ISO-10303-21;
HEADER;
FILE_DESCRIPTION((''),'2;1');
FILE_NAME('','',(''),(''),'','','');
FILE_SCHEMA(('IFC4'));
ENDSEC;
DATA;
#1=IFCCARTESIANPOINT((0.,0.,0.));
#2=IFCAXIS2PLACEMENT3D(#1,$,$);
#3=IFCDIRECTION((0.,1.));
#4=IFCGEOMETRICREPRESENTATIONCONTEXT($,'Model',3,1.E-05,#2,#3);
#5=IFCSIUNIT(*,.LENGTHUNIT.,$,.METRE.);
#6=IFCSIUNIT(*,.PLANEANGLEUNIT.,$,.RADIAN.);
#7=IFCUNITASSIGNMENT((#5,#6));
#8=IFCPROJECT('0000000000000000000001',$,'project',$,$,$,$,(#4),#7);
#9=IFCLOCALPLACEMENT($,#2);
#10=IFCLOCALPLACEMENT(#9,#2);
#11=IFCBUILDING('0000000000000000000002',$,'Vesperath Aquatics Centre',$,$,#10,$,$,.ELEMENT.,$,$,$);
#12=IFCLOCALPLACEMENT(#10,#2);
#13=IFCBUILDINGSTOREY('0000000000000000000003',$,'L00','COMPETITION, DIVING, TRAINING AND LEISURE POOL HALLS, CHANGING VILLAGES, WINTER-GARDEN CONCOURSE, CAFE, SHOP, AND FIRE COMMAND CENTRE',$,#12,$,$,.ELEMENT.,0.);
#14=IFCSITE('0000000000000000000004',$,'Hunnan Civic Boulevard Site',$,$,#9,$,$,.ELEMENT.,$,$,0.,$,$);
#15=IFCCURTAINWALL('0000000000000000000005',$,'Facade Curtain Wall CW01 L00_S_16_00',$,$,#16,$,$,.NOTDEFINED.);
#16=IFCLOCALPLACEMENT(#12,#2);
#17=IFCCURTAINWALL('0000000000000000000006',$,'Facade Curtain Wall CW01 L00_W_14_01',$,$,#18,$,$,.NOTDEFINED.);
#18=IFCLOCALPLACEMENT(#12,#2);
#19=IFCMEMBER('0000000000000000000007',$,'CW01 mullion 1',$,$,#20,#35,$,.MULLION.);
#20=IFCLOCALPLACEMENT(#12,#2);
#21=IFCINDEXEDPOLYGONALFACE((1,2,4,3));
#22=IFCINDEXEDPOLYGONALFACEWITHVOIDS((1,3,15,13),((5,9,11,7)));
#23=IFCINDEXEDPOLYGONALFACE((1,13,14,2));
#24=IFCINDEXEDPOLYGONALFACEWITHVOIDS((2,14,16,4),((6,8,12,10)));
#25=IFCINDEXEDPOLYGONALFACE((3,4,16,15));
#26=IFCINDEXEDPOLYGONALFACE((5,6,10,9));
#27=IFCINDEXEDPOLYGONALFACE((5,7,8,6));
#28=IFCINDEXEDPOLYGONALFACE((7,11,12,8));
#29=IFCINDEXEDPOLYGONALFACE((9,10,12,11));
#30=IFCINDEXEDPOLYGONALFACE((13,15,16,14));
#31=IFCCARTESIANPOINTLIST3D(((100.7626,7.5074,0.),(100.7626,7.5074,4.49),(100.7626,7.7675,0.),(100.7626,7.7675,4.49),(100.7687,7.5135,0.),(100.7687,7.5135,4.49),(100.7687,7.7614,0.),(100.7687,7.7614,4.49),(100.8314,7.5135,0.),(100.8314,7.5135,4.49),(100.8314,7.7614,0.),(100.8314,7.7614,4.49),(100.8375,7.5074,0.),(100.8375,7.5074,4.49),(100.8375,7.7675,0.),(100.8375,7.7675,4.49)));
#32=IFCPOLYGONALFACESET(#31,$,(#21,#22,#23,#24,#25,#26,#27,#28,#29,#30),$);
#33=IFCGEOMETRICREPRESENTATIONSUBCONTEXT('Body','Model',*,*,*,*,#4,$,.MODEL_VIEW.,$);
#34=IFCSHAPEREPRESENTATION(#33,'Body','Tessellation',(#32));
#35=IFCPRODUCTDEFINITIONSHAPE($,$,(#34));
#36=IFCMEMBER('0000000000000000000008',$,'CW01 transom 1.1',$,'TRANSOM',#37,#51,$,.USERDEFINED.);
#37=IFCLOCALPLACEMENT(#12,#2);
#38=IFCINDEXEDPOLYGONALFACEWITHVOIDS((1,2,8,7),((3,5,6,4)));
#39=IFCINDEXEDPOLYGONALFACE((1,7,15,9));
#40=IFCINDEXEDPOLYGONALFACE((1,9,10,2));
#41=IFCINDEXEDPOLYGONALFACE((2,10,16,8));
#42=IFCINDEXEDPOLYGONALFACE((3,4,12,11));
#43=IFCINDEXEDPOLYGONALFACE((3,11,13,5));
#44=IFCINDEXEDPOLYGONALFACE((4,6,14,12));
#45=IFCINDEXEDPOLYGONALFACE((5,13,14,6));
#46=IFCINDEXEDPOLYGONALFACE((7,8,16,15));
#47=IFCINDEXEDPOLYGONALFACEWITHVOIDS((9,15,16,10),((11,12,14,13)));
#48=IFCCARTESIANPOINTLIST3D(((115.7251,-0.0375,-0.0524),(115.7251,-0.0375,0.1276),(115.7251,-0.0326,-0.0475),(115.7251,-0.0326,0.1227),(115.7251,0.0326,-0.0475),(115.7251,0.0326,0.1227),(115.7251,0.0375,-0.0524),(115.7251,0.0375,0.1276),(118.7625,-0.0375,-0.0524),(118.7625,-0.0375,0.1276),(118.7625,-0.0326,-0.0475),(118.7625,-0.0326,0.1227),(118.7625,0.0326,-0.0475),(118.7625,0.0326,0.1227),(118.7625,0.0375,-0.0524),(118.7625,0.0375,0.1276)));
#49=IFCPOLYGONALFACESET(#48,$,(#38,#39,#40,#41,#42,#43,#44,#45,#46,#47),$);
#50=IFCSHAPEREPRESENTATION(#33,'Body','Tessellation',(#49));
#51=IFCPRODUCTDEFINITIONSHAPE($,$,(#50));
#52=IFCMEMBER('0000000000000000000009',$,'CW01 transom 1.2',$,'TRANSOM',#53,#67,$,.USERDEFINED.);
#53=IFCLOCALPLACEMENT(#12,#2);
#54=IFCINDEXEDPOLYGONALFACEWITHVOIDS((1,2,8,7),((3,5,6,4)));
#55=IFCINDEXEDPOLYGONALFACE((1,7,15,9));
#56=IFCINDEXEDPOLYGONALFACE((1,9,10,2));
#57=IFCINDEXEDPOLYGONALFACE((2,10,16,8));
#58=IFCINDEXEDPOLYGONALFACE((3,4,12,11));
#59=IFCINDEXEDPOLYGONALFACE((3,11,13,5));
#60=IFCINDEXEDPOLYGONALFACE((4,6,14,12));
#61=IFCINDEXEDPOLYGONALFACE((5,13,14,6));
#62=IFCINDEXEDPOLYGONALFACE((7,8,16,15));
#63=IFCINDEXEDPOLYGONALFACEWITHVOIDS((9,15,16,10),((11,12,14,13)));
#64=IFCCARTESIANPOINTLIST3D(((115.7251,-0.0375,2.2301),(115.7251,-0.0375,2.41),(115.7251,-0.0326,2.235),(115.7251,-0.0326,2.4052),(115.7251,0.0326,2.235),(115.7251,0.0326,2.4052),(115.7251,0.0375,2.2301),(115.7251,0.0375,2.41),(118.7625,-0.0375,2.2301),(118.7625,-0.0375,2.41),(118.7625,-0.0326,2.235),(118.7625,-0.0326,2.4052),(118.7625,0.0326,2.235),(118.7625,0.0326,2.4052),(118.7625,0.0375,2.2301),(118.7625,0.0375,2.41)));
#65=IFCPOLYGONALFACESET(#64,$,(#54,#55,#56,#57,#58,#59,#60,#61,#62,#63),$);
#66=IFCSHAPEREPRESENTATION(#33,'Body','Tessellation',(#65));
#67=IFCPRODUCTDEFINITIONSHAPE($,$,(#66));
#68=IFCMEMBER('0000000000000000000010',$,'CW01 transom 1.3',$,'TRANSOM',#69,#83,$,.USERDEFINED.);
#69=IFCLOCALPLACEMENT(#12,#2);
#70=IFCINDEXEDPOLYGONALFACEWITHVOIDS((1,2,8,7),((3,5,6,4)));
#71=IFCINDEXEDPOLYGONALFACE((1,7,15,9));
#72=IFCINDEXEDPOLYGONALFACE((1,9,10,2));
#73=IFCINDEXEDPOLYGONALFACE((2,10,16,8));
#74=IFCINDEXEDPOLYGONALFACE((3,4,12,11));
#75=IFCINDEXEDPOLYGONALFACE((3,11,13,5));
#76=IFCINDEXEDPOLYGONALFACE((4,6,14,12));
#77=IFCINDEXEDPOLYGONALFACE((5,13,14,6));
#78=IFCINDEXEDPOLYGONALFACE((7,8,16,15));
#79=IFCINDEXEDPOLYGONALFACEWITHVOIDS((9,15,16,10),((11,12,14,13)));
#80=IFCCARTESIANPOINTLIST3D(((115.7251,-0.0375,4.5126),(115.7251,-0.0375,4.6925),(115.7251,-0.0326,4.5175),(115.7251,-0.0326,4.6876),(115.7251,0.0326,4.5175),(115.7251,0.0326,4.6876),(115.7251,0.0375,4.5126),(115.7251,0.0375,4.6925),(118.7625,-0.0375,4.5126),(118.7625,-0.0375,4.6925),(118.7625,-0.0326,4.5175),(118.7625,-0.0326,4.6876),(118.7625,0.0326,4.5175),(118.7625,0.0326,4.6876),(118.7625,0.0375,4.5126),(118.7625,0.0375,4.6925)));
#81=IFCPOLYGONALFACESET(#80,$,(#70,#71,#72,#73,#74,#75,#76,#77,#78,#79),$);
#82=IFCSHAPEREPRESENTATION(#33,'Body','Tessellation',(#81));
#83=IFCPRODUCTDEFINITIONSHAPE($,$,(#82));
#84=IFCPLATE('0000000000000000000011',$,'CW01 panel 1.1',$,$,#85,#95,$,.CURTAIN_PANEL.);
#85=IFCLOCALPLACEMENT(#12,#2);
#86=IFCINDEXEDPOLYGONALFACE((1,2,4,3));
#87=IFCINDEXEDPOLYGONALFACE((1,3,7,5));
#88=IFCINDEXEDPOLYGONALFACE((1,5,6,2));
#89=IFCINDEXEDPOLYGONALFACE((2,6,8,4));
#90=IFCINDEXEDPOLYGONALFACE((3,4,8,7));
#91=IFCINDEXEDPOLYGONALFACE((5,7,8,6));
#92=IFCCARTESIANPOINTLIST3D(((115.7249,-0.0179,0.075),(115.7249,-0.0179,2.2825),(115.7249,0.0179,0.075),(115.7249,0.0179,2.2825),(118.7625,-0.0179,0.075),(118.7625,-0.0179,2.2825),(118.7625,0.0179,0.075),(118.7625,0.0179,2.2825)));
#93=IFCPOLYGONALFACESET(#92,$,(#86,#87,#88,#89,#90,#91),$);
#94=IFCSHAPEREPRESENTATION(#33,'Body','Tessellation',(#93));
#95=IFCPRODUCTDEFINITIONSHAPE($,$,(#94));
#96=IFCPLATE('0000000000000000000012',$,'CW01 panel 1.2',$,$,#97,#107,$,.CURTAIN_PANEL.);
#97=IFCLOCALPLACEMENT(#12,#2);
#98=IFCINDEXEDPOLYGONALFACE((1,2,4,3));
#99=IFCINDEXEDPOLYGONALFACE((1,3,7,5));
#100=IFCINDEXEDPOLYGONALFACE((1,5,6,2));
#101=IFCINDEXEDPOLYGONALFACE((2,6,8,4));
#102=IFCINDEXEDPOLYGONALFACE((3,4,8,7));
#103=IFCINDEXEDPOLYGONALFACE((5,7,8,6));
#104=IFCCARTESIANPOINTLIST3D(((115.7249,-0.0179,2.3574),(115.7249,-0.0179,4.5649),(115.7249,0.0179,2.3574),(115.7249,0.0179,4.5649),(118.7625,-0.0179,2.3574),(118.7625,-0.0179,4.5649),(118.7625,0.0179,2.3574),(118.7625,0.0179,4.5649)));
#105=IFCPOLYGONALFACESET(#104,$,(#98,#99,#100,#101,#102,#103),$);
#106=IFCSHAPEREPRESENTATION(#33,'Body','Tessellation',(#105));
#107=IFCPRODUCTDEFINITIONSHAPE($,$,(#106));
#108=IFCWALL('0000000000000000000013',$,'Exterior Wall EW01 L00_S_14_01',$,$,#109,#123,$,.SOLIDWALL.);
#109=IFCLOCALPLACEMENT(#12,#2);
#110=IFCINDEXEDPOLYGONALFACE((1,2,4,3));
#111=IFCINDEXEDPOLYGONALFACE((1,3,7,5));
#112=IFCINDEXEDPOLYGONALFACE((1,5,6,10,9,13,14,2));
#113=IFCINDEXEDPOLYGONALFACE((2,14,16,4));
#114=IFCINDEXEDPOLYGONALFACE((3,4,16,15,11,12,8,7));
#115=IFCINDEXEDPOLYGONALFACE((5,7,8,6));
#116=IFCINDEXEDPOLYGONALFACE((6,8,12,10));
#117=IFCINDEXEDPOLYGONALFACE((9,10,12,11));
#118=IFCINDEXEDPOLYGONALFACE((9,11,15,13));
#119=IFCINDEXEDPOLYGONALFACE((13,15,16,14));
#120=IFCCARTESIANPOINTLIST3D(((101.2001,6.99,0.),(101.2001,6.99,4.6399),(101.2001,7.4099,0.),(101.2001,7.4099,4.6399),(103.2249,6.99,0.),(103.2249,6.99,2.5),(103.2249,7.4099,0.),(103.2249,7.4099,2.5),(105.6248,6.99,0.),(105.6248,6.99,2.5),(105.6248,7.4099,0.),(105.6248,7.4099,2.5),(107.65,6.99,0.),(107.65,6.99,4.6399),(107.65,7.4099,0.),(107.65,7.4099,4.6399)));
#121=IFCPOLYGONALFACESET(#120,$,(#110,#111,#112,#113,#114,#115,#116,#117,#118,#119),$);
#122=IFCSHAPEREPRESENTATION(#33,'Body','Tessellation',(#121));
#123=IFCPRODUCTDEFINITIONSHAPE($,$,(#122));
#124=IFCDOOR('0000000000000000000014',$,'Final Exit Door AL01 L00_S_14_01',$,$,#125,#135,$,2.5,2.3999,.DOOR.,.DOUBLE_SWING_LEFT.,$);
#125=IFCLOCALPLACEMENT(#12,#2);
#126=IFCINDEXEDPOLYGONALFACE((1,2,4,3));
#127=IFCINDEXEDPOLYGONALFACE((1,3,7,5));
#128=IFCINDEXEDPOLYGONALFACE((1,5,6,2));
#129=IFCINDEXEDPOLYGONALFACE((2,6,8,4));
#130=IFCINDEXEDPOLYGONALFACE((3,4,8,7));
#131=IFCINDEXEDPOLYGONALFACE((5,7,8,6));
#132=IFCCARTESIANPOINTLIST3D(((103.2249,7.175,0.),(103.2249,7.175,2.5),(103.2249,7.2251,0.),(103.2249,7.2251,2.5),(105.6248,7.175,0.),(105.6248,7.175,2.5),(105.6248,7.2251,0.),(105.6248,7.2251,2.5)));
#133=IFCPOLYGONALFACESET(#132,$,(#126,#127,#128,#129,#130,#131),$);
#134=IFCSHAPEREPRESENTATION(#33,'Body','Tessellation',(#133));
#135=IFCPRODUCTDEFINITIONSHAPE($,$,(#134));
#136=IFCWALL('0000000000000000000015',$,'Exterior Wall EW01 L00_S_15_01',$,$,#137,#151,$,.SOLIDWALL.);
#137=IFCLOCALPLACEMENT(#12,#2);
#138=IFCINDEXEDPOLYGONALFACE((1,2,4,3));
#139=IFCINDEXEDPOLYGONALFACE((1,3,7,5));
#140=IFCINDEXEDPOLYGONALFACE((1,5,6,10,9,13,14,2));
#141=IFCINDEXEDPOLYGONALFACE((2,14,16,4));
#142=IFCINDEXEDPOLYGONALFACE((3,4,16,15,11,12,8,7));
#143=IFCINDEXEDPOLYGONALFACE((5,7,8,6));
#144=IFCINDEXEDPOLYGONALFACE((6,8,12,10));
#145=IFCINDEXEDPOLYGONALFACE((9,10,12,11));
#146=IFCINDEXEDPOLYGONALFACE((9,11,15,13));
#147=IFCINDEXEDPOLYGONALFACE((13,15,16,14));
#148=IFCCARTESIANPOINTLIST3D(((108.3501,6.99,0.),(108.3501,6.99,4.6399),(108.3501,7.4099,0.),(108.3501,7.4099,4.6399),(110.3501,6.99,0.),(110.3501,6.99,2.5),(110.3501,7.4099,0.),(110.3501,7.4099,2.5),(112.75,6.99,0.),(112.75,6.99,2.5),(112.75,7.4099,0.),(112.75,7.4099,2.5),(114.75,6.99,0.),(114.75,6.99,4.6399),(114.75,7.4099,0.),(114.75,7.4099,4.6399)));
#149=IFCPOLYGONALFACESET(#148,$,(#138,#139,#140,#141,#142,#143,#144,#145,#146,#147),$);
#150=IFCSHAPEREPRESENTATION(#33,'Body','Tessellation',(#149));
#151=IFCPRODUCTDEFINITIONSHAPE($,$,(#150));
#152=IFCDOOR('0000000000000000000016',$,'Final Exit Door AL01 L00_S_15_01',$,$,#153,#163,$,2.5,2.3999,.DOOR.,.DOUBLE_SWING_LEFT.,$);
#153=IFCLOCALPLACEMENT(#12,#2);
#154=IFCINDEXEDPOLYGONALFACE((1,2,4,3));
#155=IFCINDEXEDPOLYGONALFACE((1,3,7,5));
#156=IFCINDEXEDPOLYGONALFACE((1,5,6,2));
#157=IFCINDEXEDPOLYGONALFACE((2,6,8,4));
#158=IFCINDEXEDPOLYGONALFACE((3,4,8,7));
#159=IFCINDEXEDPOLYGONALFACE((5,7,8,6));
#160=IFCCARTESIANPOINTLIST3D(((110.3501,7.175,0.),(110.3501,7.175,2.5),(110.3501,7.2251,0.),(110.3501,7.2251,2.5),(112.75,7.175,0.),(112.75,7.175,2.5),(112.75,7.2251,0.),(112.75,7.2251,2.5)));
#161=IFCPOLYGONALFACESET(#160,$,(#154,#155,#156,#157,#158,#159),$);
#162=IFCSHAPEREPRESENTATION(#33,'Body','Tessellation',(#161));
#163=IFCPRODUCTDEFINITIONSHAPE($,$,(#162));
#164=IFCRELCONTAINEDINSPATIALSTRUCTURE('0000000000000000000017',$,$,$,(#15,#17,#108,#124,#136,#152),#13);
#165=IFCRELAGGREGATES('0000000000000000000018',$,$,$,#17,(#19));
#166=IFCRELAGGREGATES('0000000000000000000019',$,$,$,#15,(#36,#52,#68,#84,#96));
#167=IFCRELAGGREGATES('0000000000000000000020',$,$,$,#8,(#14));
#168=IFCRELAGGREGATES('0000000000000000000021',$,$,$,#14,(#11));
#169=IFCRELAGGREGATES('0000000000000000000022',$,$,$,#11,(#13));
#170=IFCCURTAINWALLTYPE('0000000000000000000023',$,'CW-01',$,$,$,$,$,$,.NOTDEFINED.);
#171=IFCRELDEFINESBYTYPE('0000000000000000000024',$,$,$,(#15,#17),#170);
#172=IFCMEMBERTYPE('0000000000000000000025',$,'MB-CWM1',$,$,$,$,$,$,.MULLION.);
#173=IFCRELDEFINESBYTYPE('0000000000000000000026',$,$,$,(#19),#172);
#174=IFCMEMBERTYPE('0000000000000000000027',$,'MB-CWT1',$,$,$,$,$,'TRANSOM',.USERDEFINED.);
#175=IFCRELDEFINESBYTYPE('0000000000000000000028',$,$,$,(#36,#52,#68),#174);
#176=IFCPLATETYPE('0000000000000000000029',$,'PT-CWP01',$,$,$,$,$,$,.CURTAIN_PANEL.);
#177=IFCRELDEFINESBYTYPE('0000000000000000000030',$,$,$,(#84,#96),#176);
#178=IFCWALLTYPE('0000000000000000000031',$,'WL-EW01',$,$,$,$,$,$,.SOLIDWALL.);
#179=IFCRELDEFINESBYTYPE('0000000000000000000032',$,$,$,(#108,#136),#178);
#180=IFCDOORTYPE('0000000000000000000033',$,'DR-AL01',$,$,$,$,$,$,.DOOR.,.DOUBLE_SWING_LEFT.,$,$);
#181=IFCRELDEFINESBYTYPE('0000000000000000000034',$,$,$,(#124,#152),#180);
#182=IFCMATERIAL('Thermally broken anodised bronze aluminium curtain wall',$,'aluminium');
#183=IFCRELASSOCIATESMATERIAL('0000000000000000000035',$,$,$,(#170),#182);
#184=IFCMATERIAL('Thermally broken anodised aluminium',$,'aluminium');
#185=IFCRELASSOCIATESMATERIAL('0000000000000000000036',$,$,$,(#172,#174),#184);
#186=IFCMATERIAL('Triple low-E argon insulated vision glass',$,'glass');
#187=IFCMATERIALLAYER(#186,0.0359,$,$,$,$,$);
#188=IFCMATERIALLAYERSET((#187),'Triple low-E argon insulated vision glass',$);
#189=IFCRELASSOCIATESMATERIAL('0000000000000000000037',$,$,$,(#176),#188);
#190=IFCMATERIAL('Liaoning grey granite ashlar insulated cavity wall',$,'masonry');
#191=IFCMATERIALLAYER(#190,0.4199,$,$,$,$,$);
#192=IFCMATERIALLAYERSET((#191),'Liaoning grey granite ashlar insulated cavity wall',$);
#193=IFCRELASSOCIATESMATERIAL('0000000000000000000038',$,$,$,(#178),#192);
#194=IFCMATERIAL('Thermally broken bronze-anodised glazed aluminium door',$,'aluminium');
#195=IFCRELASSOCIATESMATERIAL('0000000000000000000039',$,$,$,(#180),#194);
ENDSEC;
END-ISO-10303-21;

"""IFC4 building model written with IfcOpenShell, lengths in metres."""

from ifc_helpers import new_model, si_unit, direction, frame, frame_2d, origin, origin_2d, place, context, subcontext, project, spatial, rectangle, hollow_rectangle, extrude, material, layer, layer_set, material_profile, profile_set, type_object, element, fill, aggregate, save


model = new_model("IFC4")

# Units and contexts
model_context = context("Model", 3, precision=1e-05, world=origin(), true_north=direction((0.0, 1.0)))
body_context = subcontext(model_context, "Body", "Model", "MODEL_VIEW")
ifc_project = project(units=[si_unit("LENGTHUNIT", "METRE"), si_unit("PLANEANGLEUNIT", "RADIAN")], contexts=[model_context])

# Site, building, storey
site_placement = place(None, origin())
site = spatial("IfcSite", under=ifc_project, at=site_placement, Name="Hunnan Civic Boulevard Site", CompositionType="ELEMENT", RefElevation=0.0)
building_placement = place(site_placement, origin())
building = spatial("IfcBuilding", under=site, at=building_placement, Name="Vesperath Aquatics Centre", CompositionType="ELEMENT")
storey_placement = place(building_placement, origin())
storey = spatial("IfcBuildingStorey", under=building, at=storey_placement, Name="L00", Description="COMPETITION, DIVING, TRAINING AND LEISURE POOL HALLS, CHANGING VILLAGES, WINTER-GARDEN CONCOURSE, CAFE, SHOP, AND FIRE COMMAND CENTRE", CompositionType="ELEMENT", Elevation=0.0)

# Curtain walls, member
ifc_material_1 = material(Name="Thermally broken anodised bronze aluminium curtain wall", Category="aluminium")
curtain_wall_type = type_object("IfcCurtainWallType", Name="CW-01", PredefinedType="NOTDEFINED", material=ifc_material_1)
curtain_wall_1_placement = place(storey_placement, origin())
curtain_wall_1 = element("IfcCurtainWall", 1, at=curtain_wall_1_placement, inside=storey, type_object=curtain_wall_type, Name="Facade Curtain Wall CW01 L00_S_16_00", PredefinedType="NOTDEFINED")
ifc_material_2 = material(Name="Thermally broken anodised aluminium", Category="aluminium")
ifc_material_profile_1 = material_profile(ifc_material_2, hollow_rectangle(XDim=0.075, YDim=0.26, WallThickness=0.0061, at=origin_2d()), Name="CWM 75x260x6")
ifc_profile_set_1 = profile_set([ifc_material_profile_1], Name="Thermally broken anodised aluminium")
member_type_1 = type_object("IfcMemberType", Name="MB-CWM1", PredefinedType="MULLION", material=ifc_profile_set_1)
curtain_wall_2_placement = place(storey_placement, origin())
curtain_wall_2 = element("IfcCurtainWall", 2, at=curtain_wall_2_placement, inside=storey, type_object=curtain_wall_type, Name="Facade Curtain Wall CW01 L00_W_14_01", PredefinedType="NOTDEFINED")
member_1_placement = place(storey_placement, frame((100.8, 7.6375, 0.0), z_axis=(0.0, 0.0, 1.0), x_axis=(-1.0, 0.0, 0.0)))
member_1 = element("IfcMember", 3, at=member_1_placement, type_object=member_type_1, Name="CW01 mullion 1", PredefinedType="MULLION", context=body_context, shape_type="SweptSolid", body=[
    extrude(hollow_rectangle(XDim=0.075, YDim=0.26, WallThickness=0.0061, at=origin_2d()), origin(), (0.0, 0.0, 1.0), 4.49),
])
aggregate(curtain_wall_2, [member_1])

# Members
ifc_material_profile_2 = material_profile(ifc_material_2, hollow_rectangle(XDim=0.075, YDim=0.1799, WallThickness=0.0049, at=origin_2d()), Name="CWT 75x180x5")
ifc_profile_set_2 = profile_set([ifc_material_profile_2], Name="Thermally broken anodised aluminium")
member_type_2 = type_object("IfcMemberType", Name="MB-CWT1", ElementType="TRANSOM", PredefinedType="USERDEFINED", material=ifc_profile_set_2)
member_2_placement = place(storey_placement, frame((115.7251, 0.0, 0.0376), z_axis=(1.0, 0.0, 0.0), x_axis=(0.0, 1.0, 0.0)))
member_2 = element("IfcMember", 4, at=member_2_placement, type_object=member_type_2, Name="CW01 transom 1.1", ObjectType="TRANSOM", PredefinedType="USERDEFINED", context=body_context, shape_type="SweptSolid", body=[
    extrude(hollow_rectangle(XDim=0.075, YDim=0.1799, WallThickness=0.0049, at=origin_2d()), origin(), (0.0, 0.0, 1.0), 3.0374),
])
member_3_placement = place(storey_placement, frame((115.7251, 0.0, 2.3201), z_axis=(1.0, 0.0, 0.0), x_axis=(0.0, 1.0, 0.0)))
member_3 = element("IfcMember", 5, at=member_3_placement, type_object=member_type_2, Name="CW01 transom 1.2", ObjectType="TRANSOM", PredefinedType="USERDEFINED", context=body_context, shape_type="SweptSolid", body=[
    extrude(hollow_rectangle(XDim=0.075, YDim=0.1799, WallThickness=0.0049, at=origin_2d()), origin(), (0.0, 0.0, 1.0), 3.0374),
])
member_4_placement = place(storey_placement, frame((115.7251, 0.0, 4.6025), z_axis=(1.0, 0.0, 0.0), x_axis=(0.0, 1.0, 0.0)))
member_4 = element("IfcMember", 6, at=member_4_placement, type_object=member_type_2, Name="CW01 transom 1.3", ObjectType="TRANSOM", PredefinedType="USERDEFINED", context=body_context, shape_type="SweptSolid", body=[
    extrude(hollow_rectangle(XDim=0.075, YDim=0.1799, WallThickness=0.0049, at=origin_2d()), origin(), (0.0, 0.0, 1.0), 3.0374),
])

# Plates
ifc_material_3 = material(Name="Triple low-E argon insulated vision glass", Category="glass")
ifc_layer_1 = layer(ifc_material_3, 0.0359)
ifc_layer_set_1 = layer_set([ifc_layer_1], Name="Triple low-E argon insulated vision glass")
plate_type = type_object("IfcPlateType", Name="PT-CWP01", PredefinedType="CURTAIN_PANEL", material=ifc_layer_set_1)
plate_1_placement = place(storey_placement, frame((117.2437, 0.0, 0.075), z_axis=(0.0, 0.0, 1.0), x_axis=(1.0, 0.0, 0.0)))
plate_1 = element("IfcPlate", 7, at=plate_1_placement, type_object=plate_type, Name="CW01 panel 1.1", PredefinedType="CURTAIN_PANEL", context=body_context, shape_type="SweptSolid", body=[
    extrude(rectangle(XDim=3.0376, YDim=0.0359, at=origin_2d()), origin(), (0.0, 0.0, 1.0), 2.2075),
])
plate_2_placement = place(storey_placement, frame((117.2437, 0.0, 2.3574), z_axis=(0.0, 0.0, 1.0), x_axis=(1.0, 0.0, 0.0)))
plate_2 = element("IfcPlate", 8, at=plate_2_placement, type_object=plate_type, Name="CW01 panel 1.2", PredefinedType="CURTAIN_PANEL", context=body_context, shape_type="SweptSolid", body=[
    extrude(rectangle(XDim=3.0376, YDim=0.0359, at=origin_2d()), origin(), (0.0, 0.0, 1.0), 2.2075),
])
aggregate(curtain_wall_1, [member_2, member_3, member_4, plate_1, plate_2])

# Walls, openings, doors
ifc_material_4 = material(Name="Liaoning grey granite ashlar insulated cavity wall", Category="masonry")
ifc_layer_2 = layer(ifc_material_4, 0.4199)
ifc_layer_set_2 = layer_set([ifc_layer_2], Name="Liaoning grey granite ashlar insulated cavity wall")
wall_type = type_object("IfcWallType", Name="WL-EW01", PredefinedType="SOLIDWALL", material=ifc_layer_set_2)
wall_1_placement = place(storey_placement, frame((101.2, 7.2, 0.0), z_axis=(0.0, 0.0, 1.0), x_axis=(1.0, 0.0, 0.0)))
wall_1 = element("IfcWall", 9, at=wall_1_placement, inside=storey, type_object=wall_type, Name="Exterior Wall EW01 L00_S_14_01", PredefinedType="SOLIDWALL", context=body_context, shape_type="SweptSolid", body=[
    extrude(rectangle(XDim=6.45, YDim=0.4199, at=frame_2d((3.2251, 0.0))), origin(), (0.0, 0.0, 1.0), 4.6399),
])
opening_1_placement = place(wall_1_placement, frame((2.0249, 0.0, 0.0)))
opening_1 = element("IfcOpeningElement", 10, at=opening_1_placement, cuts=wall_1, PredefinedType="OPENING", context=body_context, shape_type="SweptSolid", body=[
    extrude(rectangle(XDim=2.3999, YDim=2.5, at=frame_2d((1.2, 1.25))), frame((0.0, 0.2249, 0.0), z_axis=(0.0, -1.0, 0.0), x_axis=(1.0, 0.0, 0.0)), (0.0, 0.0, 1.0), 0.4497),
])
ifc_material_5 = material(Name="Thermally broken bronze-anodised glazed aluminium door", Category="aluminium")
door_type = type_object("IfcDoorType", Name="DR-AL01", OperationType="DOUBLE_SWING_LEFT", PredefinedType="DOOR", material=ifc_material_5)
door_1_placement = place(opening_1_placement, frame((2.3999, 0.0, 0.0), z_axis=(0.0, 0.0, 1.0), x_axis=(-1.0, 0.0, 0.0)))
door_1 = element("IfcDoor", 11, at=door_1_placement, inside=storey, type_object=door_type, Name="Final Exit Door AL01 L00_S_14_01", OperationType="DOUBLE_SWING_LEFT", OverallHeight=2.5, OverallWidth=2.3999, PredefinedType="DOOR", context=body_context, shape_type="SweptSolid", body=[
    extrude(rectangle(XDim=2.3999, YDim=2.5, at=frame_2d((1.2, 1.25))), frame((0.0, 0.0249, 0.0), z_axis=(0.0, -1.0, 0.0), x_axis=(1.0, 0.0, 0.0)), (0.0, 0.0, 1.0), 0.05),
])
fill(opening_1, door_1)
wall_2_placement = place(storey_placement, frame((108.3501, 7.2, 0.0), z_axis=(0.0, 0.0, 1.0), x_axis=(1.0, 0.0, 0.0)))
wall_2 = element("IfcWall", 12, at=wall_2_placement, inside=storey, type_object=wall_type, Name="Exterior Wall EW01 L00_S_15_01", PredefinedType="SOLIDWALL", context=body_context, shape_type="SweptSolid", body=[
    extrude(rectangle(XDim=6.3999, YDim=0.4199, at=frame_2d((3.2, 0.0))), origin(), (0.0, 0.0, 1.0), 4.6399),
])
opening_2_placement = place(wall_2_placement, frame((2.0, 0.0, 0.0)))
opening_2 = element("IfcOpeningElement", 13, at=opening_2_placement, cuts=wall_2, PredefinedType="OPENING", context=body_context, shape_type="SweptSolid", body=[
    extrude(rectangle(XDim=2.3999, YDim=2.5, at=frame_2d((1.2, 1.25))), frame((0.0, 0.2249, 0.0), z_axis=(0.0, -1.0, 0.0), x_axis=(1.0, 0.0, 0.0)), (0.0, 0.0, 1.0), 0.4497),
])
door_2_placement = place(opening_2_placement, frame((2.3999, 0.0, 0.0), z_axis=(0.0, 0.0, 1.0), x_axis=(-1.0, 0.0, 0.0)))
door_2 = element("IfcDoor", 14, at=door_2_placement, inside=storey, type_object=door_type, Name="Final Exit Door AL01 L00_S_15_01", OperationType="DOUBLE_SWING_LEFT", OverallHeight=2.5, OverallWidth=2.3999, PredefinedType="DOOR", context=body_context, shape_type="SweptSolid", body=[
    extrude(rectangle(XDim=2.3999, YDim=2.5, at=frame_2d((1.2, 1.25))), frame((0.0, 0.0249, 0.0), z_axis=(0.0, -1.0, 0.0), x_axis=(1.0, 0.0, 0.0)), (0.0, 0.0, 1.0), 0.05),
])
fill(opening_2, door_2)

save(model, "model.ifc")
